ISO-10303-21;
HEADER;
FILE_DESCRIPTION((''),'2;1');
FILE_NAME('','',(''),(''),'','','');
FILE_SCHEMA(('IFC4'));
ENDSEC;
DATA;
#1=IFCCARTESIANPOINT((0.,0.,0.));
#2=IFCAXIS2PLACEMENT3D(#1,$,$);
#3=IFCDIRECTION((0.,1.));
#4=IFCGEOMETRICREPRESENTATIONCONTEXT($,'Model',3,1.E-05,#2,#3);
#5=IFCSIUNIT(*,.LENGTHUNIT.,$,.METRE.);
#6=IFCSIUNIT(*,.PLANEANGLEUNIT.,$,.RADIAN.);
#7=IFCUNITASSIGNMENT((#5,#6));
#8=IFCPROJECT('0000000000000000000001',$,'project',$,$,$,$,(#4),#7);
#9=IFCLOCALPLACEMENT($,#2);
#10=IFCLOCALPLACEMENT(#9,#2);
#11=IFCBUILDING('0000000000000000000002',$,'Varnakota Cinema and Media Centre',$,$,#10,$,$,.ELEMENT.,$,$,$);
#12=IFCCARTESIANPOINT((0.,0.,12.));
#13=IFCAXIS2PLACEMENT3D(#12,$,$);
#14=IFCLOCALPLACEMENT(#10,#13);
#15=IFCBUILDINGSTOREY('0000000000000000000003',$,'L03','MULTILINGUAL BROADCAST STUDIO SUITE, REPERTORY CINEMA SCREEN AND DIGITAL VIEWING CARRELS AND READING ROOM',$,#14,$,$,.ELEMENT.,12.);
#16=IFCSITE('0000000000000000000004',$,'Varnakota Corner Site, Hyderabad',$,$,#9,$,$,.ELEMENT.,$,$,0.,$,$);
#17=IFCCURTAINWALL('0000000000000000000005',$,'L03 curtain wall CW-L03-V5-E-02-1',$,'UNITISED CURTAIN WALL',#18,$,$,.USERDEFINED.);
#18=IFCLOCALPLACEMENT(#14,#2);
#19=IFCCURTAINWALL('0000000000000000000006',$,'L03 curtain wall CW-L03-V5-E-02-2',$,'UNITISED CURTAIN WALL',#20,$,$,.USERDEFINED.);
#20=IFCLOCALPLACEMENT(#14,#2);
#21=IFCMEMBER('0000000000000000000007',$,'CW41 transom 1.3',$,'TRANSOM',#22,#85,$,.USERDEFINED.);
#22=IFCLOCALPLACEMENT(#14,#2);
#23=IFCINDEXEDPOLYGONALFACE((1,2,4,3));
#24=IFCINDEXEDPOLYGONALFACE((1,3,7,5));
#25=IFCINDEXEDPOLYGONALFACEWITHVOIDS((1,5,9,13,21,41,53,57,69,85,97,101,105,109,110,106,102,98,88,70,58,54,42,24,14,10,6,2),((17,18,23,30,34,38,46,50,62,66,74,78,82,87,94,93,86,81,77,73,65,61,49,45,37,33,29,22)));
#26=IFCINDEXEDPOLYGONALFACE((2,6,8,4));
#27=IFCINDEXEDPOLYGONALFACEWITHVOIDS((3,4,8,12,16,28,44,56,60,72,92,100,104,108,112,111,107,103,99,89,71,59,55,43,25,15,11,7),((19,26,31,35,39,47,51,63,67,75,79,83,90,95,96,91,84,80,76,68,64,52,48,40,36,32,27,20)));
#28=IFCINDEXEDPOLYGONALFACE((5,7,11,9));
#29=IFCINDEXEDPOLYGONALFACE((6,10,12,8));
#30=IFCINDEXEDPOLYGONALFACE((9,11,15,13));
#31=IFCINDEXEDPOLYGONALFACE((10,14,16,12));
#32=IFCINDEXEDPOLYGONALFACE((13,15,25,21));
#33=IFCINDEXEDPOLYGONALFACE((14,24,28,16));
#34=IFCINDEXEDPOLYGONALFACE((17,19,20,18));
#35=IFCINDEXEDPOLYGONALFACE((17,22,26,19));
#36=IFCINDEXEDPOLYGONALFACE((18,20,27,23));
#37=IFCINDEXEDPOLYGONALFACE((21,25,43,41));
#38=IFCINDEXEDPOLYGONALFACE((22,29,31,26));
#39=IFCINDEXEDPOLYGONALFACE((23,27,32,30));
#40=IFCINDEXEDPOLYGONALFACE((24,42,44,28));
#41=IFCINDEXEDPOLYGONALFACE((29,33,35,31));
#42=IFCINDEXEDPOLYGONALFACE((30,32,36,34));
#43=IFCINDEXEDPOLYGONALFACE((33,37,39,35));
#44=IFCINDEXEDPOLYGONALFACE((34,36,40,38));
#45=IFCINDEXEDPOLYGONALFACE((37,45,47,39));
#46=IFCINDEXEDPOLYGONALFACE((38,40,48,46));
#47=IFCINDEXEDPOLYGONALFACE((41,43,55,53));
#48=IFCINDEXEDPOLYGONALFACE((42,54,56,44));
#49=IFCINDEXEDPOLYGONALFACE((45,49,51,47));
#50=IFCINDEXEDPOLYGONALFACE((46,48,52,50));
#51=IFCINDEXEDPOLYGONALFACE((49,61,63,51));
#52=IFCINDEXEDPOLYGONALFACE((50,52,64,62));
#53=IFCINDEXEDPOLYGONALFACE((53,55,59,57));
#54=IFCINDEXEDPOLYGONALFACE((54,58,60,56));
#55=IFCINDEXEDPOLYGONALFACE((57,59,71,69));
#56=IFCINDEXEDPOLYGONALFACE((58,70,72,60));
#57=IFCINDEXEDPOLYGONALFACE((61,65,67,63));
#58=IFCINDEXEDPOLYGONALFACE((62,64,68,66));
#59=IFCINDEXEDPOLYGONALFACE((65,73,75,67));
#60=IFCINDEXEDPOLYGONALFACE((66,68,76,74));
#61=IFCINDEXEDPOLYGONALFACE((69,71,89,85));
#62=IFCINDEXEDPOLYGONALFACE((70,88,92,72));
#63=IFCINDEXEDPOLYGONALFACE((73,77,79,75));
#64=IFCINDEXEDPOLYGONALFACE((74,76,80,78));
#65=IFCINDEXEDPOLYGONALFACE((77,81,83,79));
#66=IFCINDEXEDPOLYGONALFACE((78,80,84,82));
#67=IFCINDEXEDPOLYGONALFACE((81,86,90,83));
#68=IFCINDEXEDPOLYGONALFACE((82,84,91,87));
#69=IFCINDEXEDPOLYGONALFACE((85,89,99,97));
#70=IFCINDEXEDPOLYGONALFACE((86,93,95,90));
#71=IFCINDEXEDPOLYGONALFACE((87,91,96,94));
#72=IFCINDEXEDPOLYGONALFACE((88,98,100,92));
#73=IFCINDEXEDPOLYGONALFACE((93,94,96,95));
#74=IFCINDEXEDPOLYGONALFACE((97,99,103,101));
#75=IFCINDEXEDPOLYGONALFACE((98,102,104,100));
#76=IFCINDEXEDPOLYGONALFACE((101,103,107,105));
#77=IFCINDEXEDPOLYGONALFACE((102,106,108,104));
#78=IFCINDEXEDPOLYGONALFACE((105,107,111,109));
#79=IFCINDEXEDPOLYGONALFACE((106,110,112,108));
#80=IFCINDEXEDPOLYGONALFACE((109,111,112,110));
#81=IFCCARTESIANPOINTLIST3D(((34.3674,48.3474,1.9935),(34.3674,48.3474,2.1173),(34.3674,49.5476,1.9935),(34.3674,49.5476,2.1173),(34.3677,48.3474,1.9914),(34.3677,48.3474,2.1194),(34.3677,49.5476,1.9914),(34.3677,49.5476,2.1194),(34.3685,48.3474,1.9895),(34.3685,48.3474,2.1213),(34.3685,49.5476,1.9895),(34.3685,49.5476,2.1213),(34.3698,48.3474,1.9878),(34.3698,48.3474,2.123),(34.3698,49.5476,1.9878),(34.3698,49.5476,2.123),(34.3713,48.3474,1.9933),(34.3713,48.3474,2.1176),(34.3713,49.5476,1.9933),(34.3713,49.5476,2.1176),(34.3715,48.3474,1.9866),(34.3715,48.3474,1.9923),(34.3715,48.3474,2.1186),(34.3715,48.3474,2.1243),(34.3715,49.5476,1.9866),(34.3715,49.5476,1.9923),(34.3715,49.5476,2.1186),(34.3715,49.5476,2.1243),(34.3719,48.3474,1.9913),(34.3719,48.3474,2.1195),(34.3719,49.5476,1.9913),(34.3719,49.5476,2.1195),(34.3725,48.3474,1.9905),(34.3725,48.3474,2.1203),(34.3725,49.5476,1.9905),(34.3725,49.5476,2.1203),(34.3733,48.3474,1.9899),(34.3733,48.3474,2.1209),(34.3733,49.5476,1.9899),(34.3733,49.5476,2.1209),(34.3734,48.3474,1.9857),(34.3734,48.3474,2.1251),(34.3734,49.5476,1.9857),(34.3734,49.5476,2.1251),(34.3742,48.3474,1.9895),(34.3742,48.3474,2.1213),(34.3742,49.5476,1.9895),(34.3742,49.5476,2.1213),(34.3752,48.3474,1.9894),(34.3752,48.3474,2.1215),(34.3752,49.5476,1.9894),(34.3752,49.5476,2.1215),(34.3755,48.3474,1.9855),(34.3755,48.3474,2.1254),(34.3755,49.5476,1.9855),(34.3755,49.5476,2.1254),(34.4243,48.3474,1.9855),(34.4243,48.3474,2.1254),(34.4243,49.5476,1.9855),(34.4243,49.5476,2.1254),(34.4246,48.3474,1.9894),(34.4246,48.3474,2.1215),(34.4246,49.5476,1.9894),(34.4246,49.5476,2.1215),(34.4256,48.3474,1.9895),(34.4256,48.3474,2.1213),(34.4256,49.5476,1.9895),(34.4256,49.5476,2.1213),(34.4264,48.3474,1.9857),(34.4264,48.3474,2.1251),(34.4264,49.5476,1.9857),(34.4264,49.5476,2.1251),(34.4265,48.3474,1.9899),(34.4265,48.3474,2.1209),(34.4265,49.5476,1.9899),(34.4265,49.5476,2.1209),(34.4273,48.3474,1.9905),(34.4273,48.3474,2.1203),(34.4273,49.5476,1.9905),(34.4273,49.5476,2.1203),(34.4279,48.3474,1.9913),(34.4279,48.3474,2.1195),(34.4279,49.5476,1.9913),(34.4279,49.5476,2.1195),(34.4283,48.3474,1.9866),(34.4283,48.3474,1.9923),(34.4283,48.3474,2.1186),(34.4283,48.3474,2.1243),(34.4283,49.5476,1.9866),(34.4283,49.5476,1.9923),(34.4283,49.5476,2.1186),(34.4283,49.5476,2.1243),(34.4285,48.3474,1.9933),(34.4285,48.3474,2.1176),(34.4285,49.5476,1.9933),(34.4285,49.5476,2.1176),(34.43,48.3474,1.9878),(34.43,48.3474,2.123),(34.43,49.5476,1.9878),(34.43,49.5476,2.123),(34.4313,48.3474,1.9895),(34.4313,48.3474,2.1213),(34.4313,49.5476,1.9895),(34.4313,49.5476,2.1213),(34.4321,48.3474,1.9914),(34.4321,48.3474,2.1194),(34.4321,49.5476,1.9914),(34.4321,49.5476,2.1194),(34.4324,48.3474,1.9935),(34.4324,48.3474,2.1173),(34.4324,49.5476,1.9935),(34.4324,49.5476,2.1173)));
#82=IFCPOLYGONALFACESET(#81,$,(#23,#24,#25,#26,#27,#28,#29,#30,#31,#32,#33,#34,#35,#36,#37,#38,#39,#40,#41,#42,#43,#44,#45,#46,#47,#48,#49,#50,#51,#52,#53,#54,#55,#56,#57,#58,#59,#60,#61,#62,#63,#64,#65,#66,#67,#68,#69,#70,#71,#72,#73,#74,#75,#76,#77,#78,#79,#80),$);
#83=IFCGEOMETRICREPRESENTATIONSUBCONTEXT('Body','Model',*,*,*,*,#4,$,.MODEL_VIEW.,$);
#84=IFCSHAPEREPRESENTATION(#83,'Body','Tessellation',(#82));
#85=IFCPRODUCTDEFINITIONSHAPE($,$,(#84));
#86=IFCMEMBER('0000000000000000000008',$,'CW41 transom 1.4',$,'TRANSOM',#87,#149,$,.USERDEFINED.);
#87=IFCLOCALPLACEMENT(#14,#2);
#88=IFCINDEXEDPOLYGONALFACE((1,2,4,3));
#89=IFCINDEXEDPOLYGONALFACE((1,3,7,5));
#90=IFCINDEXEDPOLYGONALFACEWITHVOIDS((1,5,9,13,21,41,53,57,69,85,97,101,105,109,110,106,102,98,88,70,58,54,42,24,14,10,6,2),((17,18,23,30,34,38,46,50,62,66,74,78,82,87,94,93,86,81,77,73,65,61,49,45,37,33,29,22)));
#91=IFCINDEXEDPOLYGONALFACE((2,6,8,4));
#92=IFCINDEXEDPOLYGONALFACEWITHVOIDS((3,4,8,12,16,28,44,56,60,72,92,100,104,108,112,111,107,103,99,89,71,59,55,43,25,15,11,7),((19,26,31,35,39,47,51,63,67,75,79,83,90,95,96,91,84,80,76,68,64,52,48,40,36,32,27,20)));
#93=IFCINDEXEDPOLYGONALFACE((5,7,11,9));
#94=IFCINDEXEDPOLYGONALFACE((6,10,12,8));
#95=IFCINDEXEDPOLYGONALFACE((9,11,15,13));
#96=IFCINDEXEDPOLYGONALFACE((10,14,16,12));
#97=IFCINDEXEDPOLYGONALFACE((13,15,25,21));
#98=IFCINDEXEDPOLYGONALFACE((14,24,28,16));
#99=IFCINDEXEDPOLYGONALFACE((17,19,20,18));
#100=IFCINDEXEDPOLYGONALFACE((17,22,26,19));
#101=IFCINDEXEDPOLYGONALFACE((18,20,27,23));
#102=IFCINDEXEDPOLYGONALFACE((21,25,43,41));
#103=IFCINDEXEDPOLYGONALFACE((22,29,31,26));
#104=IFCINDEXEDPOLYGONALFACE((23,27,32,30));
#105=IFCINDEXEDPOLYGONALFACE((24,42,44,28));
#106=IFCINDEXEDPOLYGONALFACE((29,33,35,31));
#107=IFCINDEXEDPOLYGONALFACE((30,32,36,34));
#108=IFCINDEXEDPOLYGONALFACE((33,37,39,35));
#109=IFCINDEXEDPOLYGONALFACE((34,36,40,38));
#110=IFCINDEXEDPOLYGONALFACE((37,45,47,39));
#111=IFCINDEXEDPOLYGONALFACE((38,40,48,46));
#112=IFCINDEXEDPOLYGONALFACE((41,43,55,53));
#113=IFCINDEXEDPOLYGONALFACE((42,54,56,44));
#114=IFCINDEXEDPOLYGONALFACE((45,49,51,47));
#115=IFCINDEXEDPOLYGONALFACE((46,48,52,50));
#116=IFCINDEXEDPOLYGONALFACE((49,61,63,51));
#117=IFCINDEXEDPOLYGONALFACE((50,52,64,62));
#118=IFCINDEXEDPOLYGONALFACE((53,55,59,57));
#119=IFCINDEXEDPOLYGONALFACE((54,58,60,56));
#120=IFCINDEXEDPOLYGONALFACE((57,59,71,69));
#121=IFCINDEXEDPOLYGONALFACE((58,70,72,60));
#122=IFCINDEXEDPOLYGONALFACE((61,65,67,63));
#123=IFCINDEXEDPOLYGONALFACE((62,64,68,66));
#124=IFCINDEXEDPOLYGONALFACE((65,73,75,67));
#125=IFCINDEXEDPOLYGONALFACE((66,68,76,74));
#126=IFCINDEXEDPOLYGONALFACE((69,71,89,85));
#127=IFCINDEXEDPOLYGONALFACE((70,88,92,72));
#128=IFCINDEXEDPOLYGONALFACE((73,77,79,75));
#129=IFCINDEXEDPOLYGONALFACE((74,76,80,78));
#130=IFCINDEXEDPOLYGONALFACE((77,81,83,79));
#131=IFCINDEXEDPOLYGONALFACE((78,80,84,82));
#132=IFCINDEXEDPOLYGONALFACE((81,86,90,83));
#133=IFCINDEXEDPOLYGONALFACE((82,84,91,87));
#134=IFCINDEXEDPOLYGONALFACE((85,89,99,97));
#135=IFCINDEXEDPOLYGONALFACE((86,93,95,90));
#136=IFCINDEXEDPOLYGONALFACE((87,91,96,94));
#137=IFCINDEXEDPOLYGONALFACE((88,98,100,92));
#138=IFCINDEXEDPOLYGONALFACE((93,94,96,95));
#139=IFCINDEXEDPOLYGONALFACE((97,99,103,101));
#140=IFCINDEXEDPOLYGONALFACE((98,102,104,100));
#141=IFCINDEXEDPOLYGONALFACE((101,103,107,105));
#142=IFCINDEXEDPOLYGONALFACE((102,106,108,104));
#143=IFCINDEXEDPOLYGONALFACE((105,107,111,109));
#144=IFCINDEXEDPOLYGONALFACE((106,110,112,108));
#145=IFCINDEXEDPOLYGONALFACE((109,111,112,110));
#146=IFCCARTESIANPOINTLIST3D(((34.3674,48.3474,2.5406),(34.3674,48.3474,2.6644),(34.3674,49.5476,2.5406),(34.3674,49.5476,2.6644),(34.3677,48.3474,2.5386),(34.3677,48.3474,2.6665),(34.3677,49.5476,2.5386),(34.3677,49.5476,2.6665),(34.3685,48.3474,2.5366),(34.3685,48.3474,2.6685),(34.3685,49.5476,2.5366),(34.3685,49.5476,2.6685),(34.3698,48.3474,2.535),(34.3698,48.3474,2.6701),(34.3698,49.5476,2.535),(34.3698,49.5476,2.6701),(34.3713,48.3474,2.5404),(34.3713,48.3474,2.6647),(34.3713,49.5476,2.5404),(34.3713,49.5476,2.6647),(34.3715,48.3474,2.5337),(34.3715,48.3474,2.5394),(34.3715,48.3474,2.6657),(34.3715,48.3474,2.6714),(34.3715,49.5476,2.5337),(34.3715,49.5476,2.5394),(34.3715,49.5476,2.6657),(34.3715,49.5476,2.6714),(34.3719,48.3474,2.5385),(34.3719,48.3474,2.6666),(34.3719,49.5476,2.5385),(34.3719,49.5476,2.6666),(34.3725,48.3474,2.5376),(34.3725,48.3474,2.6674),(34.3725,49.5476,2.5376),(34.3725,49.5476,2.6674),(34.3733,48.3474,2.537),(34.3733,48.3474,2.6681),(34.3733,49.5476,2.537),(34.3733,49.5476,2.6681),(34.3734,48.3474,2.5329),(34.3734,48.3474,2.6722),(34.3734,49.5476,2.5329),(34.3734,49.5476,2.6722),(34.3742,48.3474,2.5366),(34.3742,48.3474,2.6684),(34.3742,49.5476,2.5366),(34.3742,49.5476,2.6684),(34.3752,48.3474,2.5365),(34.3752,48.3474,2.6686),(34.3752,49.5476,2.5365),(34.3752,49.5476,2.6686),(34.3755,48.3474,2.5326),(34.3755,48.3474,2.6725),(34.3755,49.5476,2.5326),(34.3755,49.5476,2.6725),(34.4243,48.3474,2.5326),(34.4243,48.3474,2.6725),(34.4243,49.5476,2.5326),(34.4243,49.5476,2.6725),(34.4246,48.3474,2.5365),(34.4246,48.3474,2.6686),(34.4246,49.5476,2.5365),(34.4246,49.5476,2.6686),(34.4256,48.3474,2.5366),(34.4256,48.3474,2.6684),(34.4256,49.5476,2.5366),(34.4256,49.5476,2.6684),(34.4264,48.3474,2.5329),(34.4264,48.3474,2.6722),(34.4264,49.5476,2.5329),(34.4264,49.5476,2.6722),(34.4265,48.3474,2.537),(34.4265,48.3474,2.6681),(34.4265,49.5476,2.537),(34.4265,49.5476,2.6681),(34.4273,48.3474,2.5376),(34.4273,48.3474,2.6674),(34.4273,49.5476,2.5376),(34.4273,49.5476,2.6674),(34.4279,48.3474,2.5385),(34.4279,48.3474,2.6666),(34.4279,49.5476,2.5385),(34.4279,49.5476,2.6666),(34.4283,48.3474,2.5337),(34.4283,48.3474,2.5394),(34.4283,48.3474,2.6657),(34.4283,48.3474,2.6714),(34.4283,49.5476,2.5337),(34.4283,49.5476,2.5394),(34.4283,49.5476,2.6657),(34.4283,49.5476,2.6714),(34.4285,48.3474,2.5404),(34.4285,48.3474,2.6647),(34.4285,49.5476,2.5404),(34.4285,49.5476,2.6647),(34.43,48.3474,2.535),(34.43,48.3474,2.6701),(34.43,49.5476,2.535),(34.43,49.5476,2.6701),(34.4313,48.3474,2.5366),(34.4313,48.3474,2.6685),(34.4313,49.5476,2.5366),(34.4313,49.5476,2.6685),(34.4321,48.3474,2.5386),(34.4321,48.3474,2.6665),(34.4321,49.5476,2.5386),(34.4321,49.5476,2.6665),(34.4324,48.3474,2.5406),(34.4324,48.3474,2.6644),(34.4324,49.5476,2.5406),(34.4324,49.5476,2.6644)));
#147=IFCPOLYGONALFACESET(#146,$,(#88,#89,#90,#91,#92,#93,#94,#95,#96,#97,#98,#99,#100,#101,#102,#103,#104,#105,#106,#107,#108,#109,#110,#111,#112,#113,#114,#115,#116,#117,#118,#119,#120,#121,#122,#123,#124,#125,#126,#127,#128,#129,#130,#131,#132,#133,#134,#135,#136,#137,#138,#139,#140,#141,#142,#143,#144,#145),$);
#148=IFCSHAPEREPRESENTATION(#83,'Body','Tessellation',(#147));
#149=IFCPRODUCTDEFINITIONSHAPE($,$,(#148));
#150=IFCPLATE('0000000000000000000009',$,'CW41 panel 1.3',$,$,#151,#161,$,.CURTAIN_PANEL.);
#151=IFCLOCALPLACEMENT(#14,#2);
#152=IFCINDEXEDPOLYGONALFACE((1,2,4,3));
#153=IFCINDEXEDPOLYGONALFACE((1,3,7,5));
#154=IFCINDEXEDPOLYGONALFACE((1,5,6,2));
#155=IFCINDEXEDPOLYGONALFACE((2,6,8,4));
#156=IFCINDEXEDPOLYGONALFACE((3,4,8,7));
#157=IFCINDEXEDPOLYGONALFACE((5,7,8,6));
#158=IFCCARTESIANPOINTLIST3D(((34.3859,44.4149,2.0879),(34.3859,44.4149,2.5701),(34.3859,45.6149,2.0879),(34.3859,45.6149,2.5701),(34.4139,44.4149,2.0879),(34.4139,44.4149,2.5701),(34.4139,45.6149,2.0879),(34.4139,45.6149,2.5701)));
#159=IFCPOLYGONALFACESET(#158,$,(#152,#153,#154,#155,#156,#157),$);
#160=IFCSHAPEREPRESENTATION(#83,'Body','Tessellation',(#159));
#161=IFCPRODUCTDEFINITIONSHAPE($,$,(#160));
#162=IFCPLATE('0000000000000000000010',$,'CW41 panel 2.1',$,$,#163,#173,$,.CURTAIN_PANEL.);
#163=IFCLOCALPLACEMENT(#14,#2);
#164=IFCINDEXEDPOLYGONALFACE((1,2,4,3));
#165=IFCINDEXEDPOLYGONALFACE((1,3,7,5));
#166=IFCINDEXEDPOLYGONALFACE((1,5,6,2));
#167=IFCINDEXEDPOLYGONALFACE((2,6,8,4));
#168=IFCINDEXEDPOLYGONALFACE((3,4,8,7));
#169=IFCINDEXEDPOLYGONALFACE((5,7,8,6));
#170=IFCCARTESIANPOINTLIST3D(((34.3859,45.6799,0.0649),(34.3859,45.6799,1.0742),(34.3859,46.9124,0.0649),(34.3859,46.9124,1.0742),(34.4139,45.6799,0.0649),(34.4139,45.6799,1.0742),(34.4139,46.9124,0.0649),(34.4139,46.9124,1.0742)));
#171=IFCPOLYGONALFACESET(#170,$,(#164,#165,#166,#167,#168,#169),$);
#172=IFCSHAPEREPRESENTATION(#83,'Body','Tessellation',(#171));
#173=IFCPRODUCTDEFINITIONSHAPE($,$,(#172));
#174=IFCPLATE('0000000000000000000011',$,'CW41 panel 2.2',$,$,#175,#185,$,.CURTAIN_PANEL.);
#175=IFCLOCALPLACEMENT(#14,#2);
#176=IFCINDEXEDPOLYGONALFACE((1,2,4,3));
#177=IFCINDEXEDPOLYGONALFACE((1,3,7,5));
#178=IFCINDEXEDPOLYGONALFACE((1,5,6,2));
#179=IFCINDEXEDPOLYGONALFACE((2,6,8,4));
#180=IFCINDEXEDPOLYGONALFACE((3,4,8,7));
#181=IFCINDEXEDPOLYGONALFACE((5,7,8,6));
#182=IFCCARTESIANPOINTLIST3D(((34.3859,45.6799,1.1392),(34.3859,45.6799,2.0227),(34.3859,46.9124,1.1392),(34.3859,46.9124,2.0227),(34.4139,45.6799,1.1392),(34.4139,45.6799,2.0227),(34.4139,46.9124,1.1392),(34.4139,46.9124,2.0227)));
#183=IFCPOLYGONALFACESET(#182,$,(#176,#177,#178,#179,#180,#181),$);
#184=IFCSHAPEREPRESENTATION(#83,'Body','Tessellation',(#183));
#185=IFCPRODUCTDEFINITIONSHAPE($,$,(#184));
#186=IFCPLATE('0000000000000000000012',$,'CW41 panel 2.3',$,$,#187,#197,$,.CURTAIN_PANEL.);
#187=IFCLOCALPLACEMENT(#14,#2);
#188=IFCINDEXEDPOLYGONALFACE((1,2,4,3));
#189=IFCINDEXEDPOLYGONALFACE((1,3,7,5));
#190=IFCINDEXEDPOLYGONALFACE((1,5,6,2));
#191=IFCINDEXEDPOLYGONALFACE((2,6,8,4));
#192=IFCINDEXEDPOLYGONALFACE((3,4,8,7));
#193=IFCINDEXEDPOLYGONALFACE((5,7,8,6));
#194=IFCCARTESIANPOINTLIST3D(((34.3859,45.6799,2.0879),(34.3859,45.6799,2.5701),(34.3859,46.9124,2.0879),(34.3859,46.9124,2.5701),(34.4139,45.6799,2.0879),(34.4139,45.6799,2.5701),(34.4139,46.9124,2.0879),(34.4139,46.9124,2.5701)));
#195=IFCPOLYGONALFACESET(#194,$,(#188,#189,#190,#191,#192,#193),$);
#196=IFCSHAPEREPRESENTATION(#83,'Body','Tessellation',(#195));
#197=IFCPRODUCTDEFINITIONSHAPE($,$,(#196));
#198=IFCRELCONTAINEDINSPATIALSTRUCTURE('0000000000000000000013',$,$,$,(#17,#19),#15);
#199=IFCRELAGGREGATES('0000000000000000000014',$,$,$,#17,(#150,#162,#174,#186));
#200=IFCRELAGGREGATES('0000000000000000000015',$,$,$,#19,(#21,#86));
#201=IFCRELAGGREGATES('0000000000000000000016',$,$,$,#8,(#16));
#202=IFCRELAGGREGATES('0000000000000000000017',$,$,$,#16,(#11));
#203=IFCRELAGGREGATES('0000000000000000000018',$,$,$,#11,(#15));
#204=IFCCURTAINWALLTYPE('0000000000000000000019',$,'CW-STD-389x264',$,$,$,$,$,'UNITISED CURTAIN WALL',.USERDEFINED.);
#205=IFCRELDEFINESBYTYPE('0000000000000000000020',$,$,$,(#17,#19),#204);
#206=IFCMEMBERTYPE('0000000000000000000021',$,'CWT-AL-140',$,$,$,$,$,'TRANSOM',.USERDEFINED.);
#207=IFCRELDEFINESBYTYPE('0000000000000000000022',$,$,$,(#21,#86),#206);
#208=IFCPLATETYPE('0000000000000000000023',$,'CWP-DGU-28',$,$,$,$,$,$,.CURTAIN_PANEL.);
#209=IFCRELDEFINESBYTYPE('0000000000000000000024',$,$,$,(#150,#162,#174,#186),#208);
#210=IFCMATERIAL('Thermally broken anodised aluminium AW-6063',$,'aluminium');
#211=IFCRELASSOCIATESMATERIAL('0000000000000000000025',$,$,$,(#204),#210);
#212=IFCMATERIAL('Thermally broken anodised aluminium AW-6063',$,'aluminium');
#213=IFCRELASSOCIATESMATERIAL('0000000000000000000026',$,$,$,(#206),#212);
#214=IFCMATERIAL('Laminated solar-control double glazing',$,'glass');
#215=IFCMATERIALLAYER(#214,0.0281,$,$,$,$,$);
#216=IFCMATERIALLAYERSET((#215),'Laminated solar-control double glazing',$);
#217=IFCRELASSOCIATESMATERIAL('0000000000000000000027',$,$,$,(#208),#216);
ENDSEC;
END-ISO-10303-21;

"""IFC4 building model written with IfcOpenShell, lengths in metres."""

from ifc_helpers import new_model, si_unit, direction, frame, origin, origin_2d, place, context, subcontext, project, spatial, rectangle, hollow_rectangle, extrude, material, layer, layer_set, material_profile, profile_set, type_object, element, aggregate, save


model = new_model("IFC4")

# Units and contexts
model_context = context("Model", 3, precision=1e-05, world=origin(), true_north=direction((0.0, 1.0)))
body_context = subcontext(model_context, "Body", "Model", "MODEL_VIEW")
ifc_project = project(units=[si_unit("LENGTHUNIT", "METRE"), si_unit("PLANEANGLEUNIT", "RADIAN")], contexts=[model_context])

# Site, building, storey
site_placement = place(None, origin())
site = spatial("IfcSite", under=ifc_project, at=site_placement, Name="Varnakota Corner Site, Hyderabad", CompositionType="ELEMENT", RefElevation=0.0)
building_placement = place(site_placement, origin())
building = spatial("IfcBuilding", under=site, at=building_placement, Name="Varnakota Cinema and Media Centre", CompositionType="ELEMENT")
storey_placement = place(building_placement, frame((0.0, 0.0, 12.0)))
storey = spatial("IfcBuildingStorey", under=building, at=storey_placement, Name="L03", Description="MULTILINGUAL BROADCAST STUDIO SUITE, REPERTORY CINEMA SCREEN AND DIGITAL VIEWING CARRELS AND READING ROOM", CompositionType="ELEMENT", Elevation=12.0)

# Curtain wall
ifc_material_1 = material(Name="Thermally broken anodised aluminium AW-6063", Category="aluminium")
curtain_wall_type = type_object("IfcCurtainWallType", Name="CW-STD-389x264", ElementType="UNITISED CURTAIN WALL", PredefinedType="USERDEFINED", material=ifc_material_1)
curtain_wall_1_placement = place(storey_placement, origin())
curtain_wall_1 = element("IfcCurtainWall", 1, at=curtain_wall_1_placement, inside=storey, type_object=curtain_wall_type, Name="L03 curtain wall CW-L03-V5-E-02-1", ObjectType="UNITISED CURTAIN WALL", PredefinedType="USERDEFINED")

# Curtain wall
curtain_wall_2_placement = place(storey_placement, origin())
curtain_wall_2 = element("IfcCurtainWall", 2, at=curtain_wall_2_placement, inside=storey, type_object=curtain_wall_type, Name="L03 curtain wall CW-L03-V5-E-02-2", ObjectType="UNITISED CURTAIN WALL", PredefinedType="USERDEFINED")

# Members
ifc_material_2 = material(Name="Thermally broken anodised aluminium AW-6063", Category="aluminium")
ifc_material_profile_1 = material_profile(ifc_material_2, hollow_rectangle(XDim=0.0649, YDim=0.1399, WallThickness=0.0039, InnerFilletRadius=0.0039, OuterFilletRadius=0.0081, at=origin_2d()), Name="AL-TRANSOM 140x65x4")
ifc_profile_set_1 = profile_set([ifc_material_profile_1], Name="Thermally broken anodised aluminium AW-6063")
member_type_1 = type_object("IfcMemberType", Name="CWT-AL-140", ElementType="TRANSOM", PredefinedType="USERDEFINED", material=ifc_profile_set_1)
member_1_placement = place(storey_placement, frame((34.3999, 48.3474, 2.0554), z_axis=(0.0, 1.0, 0.0), x_axis=(-1.0, 0.0, 0.0)))
member_1 = element("IfcMember", 3, at=member_1_placement, type_object=member_type_1, Name="CW41 transom 1.3", ObjectType="TRANSOM", PredefinedType="USERDEFINED", context=body_context, shape_type="SweptSolid", body=[
    extrude(hollow_rectangle(XDim=0.0649, YDim=0.1399, WallThickness=0.0039, InnerFilletRadius=0.0039, OuterFilletRadius=0.0081, at=origin_2d()), origin(), (0.0, 0.0, 1.0), 1.2002),
])
member_2_placement = place(storey_placement, frame((34.3999, 48.3474, 2.6025), z_axis=(0.0, 1.0, 0.0), x_axis=(-1.0, 0.0, 0.0)))
member_2 = element("IfcMember", 4, at=member_2_placement, type_object=member_type_1, Name="CW41 transom 1.4", ObjectType="TRANSOM", PredefinedType="USERDEFINED", context=body_context, shape_type="SweptSolid", body=[
    extrude(hollow_rectangle(XDim=0.0649, YDim=0.1399, WallThickness=0.0039, InnerFilletRadius=0.0039, OuterFilletRadius=0.0081, at=origin_2d()), origin(), (0.0, 0.0, 1.0), 1.2002),
])

# Plates
ifc_material_3 = material(Name="Laminated solar-control double glazing", Category="glass")
ifc_layer = layer(ifc_material_3, 0.0281)
ifc_layer_set = layer_set([ifc_layer], Name="Laminated solar-control double glazing")
plate_type = type_object("IfcPlateType", Name="CWP-DGU-28", PredefinedType="CURTAIN_PANEL", material=ifc_layer_set)
plate_1_placement = place(storey_placement, frame((34.3999, 45.0149, 2.0879), z_axis=(0.0, 0.0, 1.0), x_axis=(0.0, 1.0, 0.0)))
plate_1 = element("IfcPlate", 5, at=plate_1_placement, type_object=plate_type, Name="CW41 panel 1.3", PredefinedType="CURTAIN_PANEL", context=body_context, shape_type="SweptSolid", body=[
    extrude(rectangle(XDim=1.2, YDim=0.0281, at=origin_2d()), origin(), (0.0, 0.0, 1.0), 0.4822),
])
plate_2_placement = place(storey_placement, frame((34.3999, 46.2961, 0.0649), z_axis=(0.0, 0.0, 1.0), x_axis=(0.0, 1.0, 0.0)))
plate_2 = element("IfcPlate", 6, at=plate_2_placement, type_object=plate_type, Name="CW41 panel 2.1", PredefinedType="CURTAIN_PANEL", context=body_context, shape_type="SweptSolid", body=[
    extrude(rectangle(XDim=1.2324, YDim=0.0281, at=origin_2d()), origin(), (0.0, 0.0, 1.0), 1.0093),
])
plate_3_placement = place(storey_placement, frame((34.3999, 46.2961, 1.1392), z_axis=(0.0, 0.0, 1.0), x_axis=(0.0, 1.0, 0.0)))
plate_3 = element("IfcPlate", 7, at=plate_3_placement, type_object=plate_type, Name="CW41 panel 2.2", PredefinedType="CURTAIN_PANEL", context=body_context, shape_type="SweptSolid", body=[
    extrude(rectangle(XDim=1.2324, YDim=0.0281, at=origin_2d()), origin(), (0.0, 0.0, 1.0), 0.8835),
])
plate_4_placement = place(storey_placement, frame((34.3999, 46.2961, 2.0879), z_axis=(0.0, 0.0, 1.0), x_axis=(0.0, 1.0, 0.0)))
plate_4 = element("IfcPlate", 8, at=plate_4_placement, type_object=plate_type, Name="CW41 panel 2.3", PredefinedType="CURTAIN_PANEL", context=body_context, shape_type="SweptSolid", body=[
    extrude(rectangle(XDim=1.2324, YDim=0.0281, at=origin_2d()), origin(), (0.0, 0.0, 1.0), 0.4822),
])
aggregate(curtain_wall_1, [plate_1, plate_2, plate_3, plate_4])
aggregate(curtain_wall_2, [member_1, member_2])

save(model, "model.ifc")
